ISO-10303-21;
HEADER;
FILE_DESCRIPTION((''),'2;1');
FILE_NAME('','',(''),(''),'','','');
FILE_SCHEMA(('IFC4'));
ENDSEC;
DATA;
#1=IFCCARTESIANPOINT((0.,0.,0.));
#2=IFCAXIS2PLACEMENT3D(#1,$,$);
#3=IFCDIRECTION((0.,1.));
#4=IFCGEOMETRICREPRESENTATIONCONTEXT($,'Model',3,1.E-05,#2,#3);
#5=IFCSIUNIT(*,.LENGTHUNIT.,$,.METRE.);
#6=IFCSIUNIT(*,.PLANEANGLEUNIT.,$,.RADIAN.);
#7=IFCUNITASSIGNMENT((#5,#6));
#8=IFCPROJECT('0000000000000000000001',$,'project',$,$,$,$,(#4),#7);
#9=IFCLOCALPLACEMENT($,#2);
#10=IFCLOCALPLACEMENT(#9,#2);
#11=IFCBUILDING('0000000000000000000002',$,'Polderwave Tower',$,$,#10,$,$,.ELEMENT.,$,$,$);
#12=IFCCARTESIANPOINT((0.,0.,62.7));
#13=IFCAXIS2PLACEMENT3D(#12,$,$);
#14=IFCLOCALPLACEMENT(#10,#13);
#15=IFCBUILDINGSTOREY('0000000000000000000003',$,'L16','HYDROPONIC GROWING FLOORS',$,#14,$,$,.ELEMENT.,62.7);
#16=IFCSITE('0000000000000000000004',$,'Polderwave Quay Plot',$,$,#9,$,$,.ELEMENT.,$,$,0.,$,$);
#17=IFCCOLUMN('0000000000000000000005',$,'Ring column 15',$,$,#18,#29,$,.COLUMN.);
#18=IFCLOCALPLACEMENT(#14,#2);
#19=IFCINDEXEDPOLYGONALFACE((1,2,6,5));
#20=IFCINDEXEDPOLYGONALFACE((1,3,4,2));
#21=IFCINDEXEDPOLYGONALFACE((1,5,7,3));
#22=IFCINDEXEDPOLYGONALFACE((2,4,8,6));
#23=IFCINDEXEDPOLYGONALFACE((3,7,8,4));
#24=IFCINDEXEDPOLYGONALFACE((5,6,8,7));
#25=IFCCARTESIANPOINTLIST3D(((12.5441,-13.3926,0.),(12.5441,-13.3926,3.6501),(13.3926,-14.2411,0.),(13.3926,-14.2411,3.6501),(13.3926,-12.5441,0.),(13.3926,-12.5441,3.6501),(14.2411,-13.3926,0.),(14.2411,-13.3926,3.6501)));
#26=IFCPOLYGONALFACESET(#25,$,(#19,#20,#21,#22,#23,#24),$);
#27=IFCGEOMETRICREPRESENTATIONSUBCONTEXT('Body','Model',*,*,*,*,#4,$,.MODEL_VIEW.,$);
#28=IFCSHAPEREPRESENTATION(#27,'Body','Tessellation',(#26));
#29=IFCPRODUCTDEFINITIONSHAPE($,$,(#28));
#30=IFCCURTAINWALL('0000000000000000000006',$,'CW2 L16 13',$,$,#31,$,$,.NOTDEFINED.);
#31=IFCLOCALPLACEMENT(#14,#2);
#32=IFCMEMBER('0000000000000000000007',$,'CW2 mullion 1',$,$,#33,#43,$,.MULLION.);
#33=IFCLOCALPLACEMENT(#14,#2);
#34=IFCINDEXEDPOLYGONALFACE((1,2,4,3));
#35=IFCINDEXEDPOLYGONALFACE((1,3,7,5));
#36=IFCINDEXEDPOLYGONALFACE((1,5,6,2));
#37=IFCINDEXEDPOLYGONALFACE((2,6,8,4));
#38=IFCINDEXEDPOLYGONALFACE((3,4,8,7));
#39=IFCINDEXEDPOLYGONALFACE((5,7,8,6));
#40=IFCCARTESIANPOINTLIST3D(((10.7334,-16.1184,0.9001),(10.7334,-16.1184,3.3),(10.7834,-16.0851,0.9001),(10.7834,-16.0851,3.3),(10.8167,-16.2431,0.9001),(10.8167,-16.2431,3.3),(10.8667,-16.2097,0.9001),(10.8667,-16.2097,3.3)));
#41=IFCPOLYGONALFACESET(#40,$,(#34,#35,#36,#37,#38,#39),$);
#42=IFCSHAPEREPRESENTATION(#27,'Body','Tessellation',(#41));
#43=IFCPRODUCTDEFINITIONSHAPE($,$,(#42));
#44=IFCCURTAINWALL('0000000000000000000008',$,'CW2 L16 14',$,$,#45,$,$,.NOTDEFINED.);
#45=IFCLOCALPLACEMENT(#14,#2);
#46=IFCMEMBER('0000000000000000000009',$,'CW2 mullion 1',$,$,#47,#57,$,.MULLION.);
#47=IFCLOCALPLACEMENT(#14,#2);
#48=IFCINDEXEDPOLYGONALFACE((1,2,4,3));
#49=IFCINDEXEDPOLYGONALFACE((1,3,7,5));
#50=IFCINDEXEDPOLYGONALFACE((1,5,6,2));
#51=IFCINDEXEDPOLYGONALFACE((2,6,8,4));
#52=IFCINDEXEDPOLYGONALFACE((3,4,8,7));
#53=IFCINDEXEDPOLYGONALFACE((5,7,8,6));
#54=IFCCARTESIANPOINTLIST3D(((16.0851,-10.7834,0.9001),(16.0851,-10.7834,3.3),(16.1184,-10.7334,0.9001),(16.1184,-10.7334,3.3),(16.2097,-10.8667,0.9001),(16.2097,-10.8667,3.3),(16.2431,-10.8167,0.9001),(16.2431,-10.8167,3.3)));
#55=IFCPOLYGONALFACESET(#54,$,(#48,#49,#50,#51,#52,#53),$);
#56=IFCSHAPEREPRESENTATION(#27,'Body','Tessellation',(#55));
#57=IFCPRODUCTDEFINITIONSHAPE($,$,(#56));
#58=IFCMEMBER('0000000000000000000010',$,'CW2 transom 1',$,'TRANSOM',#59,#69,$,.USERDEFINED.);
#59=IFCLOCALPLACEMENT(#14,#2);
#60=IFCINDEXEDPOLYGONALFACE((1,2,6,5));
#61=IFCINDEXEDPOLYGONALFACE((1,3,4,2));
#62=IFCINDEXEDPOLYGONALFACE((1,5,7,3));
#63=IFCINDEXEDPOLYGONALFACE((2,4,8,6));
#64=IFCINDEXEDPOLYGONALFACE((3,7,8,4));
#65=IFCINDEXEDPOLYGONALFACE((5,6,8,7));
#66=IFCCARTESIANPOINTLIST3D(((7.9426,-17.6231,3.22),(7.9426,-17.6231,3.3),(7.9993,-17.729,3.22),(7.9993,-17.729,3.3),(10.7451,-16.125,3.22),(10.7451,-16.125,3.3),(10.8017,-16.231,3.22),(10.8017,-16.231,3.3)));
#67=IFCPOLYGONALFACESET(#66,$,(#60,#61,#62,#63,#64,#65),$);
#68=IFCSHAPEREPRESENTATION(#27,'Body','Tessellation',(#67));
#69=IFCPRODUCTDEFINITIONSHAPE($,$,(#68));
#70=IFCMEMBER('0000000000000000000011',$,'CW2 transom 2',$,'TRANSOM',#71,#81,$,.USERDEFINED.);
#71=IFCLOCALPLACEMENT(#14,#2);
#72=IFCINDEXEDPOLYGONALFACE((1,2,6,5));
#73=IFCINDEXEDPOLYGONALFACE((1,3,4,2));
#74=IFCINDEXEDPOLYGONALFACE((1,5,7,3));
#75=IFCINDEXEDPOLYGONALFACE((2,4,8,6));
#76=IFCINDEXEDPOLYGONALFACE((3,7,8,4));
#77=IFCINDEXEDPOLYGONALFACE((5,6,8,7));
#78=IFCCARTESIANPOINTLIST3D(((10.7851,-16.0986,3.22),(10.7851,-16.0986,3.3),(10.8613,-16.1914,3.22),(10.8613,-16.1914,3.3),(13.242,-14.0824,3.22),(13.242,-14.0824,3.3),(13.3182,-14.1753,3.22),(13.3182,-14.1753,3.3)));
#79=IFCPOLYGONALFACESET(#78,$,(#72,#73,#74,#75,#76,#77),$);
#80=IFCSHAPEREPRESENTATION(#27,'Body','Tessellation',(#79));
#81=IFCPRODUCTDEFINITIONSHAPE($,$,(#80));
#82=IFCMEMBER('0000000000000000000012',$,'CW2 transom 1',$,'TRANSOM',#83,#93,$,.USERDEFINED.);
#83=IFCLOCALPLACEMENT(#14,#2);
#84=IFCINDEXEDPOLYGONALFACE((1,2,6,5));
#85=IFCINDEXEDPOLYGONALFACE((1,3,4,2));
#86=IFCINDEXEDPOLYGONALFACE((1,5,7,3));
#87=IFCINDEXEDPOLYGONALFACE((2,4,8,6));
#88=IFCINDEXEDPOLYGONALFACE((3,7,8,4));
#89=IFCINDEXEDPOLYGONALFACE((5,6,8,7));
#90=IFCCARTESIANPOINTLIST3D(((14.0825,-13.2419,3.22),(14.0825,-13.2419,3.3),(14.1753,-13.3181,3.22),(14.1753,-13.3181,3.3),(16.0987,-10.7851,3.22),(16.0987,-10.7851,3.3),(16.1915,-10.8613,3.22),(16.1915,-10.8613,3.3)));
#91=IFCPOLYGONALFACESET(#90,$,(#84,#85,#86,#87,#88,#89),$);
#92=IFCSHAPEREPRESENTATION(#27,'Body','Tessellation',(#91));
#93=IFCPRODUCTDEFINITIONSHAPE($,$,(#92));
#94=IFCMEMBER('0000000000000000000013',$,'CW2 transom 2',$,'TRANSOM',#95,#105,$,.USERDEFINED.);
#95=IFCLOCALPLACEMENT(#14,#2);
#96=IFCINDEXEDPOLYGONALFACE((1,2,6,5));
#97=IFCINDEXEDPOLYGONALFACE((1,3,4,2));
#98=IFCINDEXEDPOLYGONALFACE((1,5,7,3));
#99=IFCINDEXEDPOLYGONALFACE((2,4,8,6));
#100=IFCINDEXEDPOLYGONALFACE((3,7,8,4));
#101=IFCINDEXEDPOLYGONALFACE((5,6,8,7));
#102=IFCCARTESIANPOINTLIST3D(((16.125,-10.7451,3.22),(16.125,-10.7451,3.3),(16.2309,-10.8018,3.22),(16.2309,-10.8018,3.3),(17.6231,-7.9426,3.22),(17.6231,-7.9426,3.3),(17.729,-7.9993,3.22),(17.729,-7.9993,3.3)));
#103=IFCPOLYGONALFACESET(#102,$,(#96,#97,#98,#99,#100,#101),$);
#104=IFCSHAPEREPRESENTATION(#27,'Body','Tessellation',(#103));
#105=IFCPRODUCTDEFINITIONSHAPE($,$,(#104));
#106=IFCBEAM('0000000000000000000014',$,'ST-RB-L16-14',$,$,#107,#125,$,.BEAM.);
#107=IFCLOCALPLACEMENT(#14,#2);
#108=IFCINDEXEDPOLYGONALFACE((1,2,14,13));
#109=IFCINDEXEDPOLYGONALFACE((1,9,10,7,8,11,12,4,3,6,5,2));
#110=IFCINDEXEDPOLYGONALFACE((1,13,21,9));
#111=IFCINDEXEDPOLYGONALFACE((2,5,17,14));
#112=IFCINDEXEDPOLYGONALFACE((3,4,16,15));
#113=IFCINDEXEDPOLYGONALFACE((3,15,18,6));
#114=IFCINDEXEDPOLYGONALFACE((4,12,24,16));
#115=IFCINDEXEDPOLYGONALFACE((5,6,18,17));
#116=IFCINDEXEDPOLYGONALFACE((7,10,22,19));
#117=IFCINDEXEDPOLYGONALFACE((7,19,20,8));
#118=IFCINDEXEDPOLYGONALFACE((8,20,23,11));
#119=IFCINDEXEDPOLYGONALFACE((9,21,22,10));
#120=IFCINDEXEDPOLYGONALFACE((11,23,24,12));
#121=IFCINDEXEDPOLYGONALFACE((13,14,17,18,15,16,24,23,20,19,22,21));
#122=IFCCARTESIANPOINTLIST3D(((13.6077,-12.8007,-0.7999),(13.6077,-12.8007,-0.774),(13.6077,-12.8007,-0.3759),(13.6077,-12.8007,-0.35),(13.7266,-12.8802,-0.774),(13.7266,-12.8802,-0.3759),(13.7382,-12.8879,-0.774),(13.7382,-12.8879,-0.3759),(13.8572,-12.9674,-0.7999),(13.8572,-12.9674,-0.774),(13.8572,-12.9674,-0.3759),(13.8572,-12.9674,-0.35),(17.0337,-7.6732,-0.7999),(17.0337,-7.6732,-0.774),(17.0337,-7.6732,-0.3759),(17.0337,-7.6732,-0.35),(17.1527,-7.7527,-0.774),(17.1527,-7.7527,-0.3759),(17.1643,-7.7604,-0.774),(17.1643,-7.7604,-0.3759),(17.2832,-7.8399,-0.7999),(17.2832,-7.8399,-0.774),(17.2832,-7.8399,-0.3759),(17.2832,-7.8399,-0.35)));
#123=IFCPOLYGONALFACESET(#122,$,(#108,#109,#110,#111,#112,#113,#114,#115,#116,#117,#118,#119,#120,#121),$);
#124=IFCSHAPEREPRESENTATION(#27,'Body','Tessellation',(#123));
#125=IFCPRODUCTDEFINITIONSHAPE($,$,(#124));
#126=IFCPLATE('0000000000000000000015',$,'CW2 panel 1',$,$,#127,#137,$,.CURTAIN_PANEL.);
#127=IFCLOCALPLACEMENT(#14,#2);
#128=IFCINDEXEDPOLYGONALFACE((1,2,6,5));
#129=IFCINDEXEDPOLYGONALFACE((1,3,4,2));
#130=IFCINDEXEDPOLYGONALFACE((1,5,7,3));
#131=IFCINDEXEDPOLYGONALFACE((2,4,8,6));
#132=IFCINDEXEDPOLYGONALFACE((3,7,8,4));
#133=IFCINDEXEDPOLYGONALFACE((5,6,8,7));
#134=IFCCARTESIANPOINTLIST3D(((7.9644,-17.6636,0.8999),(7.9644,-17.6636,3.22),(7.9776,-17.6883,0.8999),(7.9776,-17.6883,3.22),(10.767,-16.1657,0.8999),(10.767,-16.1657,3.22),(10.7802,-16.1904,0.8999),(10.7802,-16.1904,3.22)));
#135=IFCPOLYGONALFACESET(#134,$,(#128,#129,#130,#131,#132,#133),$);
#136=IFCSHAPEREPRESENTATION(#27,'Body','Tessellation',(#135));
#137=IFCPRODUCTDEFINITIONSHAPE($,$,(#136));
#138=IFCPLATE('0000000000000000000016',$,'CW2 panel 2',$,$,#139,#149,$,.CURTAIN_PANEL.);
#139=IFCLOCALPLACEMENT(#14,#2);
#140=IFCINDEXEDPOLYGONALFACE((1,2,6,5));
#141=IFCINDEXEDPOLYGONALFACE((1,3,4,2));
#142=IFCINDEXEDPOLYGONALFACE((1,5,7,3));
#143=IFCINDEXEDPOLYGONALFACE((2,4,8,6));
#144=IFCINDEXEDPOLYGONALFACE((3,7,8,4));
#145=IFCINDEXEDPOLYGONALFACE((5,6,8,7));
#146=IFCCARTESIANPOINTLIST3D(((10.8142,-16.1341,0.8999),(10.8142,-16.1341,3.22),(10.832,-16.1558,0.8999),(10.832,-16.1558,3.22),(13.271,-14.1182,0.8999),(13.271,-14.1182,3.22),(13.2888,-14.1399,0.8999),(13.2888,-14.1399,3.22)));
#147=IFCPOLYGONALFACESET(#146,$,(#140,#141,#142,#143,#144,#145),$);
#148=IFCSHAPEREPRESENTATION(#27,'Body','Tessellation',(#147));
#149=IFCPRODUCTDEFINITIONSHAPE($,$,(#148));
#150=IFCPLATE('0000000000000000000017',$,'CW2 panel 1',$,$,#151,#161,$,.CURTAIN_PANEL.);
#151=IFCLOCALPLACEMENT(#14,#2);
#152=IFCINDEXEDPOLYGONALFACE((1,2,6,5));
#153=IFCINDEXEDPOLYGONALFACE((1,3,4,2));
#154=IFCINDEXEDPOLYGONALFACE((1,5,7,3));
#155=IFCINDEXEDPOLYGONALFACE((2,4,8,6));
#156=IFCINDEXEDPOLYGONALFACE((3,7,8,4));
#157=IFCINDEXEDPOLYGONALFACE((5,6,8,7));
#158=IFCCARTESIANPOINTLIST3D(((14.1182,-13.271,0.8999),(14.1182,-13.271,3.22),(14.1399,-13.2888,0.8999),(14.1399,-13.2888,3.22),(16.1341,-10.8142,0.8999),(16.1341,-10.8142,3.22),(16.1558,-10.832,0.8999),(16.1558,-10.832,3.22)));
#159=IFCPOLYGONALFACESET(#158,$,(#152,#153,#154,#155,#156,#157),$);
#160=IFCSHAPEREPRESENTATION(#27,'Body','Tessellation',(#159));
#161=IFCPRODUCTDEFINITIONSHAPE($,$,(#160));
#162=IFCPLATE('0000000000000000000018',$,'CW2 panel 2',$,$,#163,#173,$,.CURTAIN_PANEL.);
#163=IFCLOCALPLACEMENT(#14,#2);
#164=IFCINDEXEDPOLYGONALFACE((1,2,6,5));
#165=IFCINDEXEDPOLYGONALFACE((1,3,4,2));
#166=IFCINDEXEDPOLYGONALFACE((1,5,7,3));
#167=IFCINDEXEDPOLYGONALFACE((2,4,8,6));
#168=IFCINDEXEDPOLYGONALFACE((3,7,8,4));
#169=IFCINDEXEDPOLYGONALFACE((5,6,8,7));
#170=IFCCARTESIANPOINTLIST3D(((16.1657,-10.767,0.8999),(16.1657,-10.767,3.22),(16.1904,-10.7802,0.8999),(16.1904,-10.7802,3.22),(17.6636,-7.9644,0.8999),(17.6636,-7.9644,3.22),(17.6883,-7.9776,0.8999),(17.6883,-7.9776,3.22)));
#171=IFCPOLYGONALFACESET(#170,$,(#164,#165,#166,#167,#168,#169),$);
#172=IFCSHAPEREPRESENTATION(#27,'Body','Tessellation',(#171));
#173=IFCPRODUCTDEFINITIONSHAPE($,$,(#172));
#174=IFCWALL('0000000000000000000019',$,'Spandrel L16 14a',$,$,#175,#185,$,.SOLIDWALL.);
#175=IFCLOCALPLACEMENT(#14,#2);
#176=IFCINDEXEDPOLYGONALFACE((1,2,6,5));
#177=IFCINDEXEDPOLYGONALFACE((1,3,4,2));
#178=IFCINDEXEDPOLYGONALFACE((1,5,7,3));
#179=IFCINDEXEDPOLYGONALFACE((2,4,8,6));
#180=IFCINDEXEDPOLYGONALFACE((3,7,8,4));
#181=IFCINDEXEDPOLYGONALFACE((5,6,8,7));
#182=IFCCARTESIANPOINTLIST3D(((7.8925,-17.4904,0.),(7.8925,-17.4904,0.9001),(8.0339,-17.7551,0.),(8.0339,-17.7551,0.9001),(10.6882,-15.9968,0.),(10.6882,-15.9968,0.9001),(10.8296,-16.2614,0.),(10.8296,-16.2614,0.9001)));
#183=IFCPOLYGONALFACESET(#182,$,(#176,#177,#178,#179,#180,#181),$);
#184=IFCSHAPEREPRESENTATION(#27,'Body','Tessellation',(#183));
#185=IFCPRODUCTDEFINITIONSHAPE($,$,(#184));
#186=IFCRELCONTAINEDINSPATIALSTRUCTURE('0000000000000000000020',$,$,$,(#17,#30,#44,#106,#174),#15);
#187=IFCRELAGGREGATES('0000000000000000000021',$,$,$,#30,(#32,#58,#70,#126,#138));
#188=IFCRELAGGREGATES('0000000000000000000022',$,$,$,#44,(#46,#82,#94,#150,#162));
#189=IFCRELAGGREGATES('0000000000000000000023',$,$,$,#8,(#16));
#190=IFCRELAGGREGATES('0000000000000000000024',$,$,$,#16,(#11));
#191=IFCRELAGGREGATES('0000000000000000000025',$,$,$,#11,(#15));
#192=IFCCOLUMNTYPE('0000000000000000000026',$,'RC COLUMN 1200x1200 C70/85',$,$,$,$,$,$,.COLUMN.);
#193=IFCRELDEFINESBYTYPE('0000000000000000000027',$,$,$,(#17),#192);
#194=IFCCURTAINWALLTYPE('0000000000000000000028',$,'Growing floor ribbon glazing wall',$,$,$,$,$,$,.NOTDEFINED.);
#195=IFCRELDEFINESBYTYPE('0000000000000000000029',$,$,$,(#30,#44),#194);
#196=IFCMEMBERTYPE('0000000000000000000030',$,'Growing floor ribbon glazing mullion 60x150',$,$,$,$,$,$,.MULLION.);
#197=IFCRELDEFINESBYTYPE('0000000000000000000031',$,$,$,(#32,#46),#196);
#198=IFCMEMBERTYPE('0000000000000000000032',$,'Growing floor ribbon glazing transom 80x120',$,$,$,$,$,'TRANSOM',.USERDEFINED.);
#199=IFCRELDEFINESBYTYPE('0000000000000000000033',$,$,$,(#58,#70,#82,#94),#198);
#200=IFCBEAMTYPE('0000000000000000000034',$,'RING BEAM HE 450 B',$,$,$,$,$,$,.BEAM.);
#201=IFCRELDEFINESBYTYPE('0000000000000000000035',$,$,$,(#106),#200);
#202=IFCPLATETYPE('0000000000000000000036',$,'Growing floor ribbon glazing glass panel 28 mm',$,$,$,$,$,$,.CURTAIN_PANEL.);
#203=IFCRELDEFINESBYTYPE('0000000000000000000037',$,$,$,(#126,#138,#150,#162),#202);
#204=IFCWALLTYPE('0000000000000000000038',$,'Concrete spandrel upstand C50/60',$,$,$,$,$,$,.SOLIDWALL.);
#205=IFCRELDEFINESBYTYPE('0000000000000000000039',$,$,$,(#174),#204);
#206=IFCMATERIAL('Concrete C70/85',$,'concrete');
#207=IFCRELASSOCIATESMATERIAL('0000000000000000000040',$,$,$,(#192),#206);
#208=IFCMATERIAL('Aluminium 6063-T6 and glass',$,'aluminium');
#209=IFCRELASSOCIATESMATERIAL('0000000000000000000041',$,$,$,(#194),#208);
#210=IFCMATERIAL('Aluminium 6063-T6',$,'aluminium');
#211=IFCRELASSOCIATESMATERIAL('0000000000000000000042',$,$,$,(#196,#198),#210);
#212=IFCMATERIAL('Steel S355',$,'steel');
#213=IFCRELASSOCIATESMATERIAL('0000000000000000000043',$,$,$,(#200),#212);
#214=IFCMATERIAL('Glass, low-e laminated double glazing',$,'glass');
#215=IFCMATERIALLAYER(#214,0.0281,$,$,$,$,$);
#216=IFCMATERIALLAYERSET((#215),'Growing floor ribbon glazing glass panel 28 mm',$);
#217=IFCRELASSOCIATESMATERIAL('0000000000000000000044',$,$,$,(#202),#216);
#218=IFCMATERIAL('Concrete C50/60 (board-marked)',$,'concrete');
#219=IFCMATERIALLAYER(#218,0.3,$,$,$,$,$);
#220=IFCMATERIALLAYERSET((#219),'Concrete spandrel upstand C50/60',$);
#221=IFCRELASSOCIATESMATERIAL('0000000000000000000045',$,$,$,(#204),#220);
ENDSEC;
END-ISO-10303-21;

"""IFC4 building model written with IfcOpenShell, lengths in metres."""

from ifc_helpers import new_model, si_unit, direction, frame, frame_2d, origin, origin_2d, place, context, subcontext, project, spatial, rectangle, i_section, extrude, material, layer, layer_set, material_profile, profile_set, type_object, element, aggregate, save


model = new_model("IFC4")

# Units and contexts
model_context = context("Model", 3, precision=1e-05, world=origin(), true_north=direction((0.0, 1.0)))
body_context = subcontext(model_context, "Body", "Model", "MODEL_VIEW")
ifc_project = project(units=[si_unit("LENGTHUNIT", "METRE"), si_unit("PLANEANGLEUNIT", "RADIAN")], contexts=[model_context])

# Site, building, storey
site_placement = place(None, origin())
site = spatial("IfcSite", under=ifc_project, at=site_placement, Name="Polderwave Quay Plot", CompositionType="ELEMENT", RefElevation=0.0)
building_placement = place(site_placement, origin())
building = spatial("IfcBuilding", under=site, at=building_placement, Name="Polderwave Tower", CompositionType="ELEMENT")
storey_placement = place(building_placement, frame((0.0, 0.0, 62.7)))
storey = spatial("IfcBuildingStorey", under=building, at=storey_placement, Name="L16", Description="HYDROPONIC GROWING FLOORS", CompositionType="ELEMENT", Elevation=62.7)

# Column
ifc_material_1 = material(Name="Concrete C70/85", Category="concrete")
ifc_material_profile_1 = material_profile(ifc_material_1, rectangle(XDim=1.2, YDim=1.2, at=origin_2d()), Name="RC 1200x1200")
ifc_profile_set_1 = profile_set([ifc_material_profile_1], Name="Concrete C70/85")
column_type = type_object("IfcColumnType", Name="RC COLUMN 1200x1200 C70/85", PredefinedType="COLUMN", material=ifc_profile_set_1)
column_placement = place(storey_placement, frame((13.3926, -13.3926, 0.0), z_axis=(0.0, 0.0, 1.0), x_axis=(0.707107, -0.707107, 0.0)))
element("IfcColumn", 1, at=column_placement, inside=storey, type_object=column_type, Name="Ring column 15", PredefinedType="COLUMN", context=body_context, shape_type="SweptSolid", body=[
    extrude(rectangle(XDim=1.2, YDim=1.2, at=origin_2d()), origin(), (0.0, 0.0, 1.0), 3.6501),
])

# Curtain walls, members
ifc_material_2 = material(Name="Aluminium 6063-T6 and glass", Category="aluminium")
curtain_wall_type = type_object("IfcCurtainWallType", Name="Growing floor ribbon glazing wall", PredefinedType="NOTDEFINED", material=ifc_material_2)
curtain_wall_1_placement = place(storey_placement, origin())
curtain_wall_1 = element("IfcCurtainWall", 2, at=curtain_wall_1_placement, inside=storey, type_object=curtain_wall_type, Name="CW2 L16 13", PredefinedType="NOTDEFINED")
ifc_material_3 = material(Name="Aluminium 6063-T6", Category="aluminium")
ifc_material_profile_2 = material_profile(ifc_material_3, rectangle(XDim=0.1499, YDim=0.0601, at=origin_2d()), Name="AL 60x150")
ifc_profile_set_2 = profile_set([ifc_material_profile_2], Name="Aluminium 6063-T6")
member_type_1 = type_object("IfcMemberType", Name="Growing floor ribbon glazing mullion 60x150", PredefinedType="MULLION", material=ifc_profile_set_2)
member_1_placement = place(storey_placement, frame((10.8, -16.1641, 0.9001), z_axis=(0.0, 0.0, 1.0), x_axis=(-0.555527, 0.831499, 0.0)))
member_1 = element("IfcMember", 3, at=member_1_placement, type_object=member_type_1, Name="CW2 mullion 1", PredefinedType="MULLION", context=body_context, shape_type="SweptSolid", body=[
    extrude(rectangle(XDim=0.1499, YDim=0.0601, at=origin_2d()), origin(), (0.0, 0.0, 1.0), 2.3999),
])
curtain_wall_2_placement = place(storey_placement, origin())
curtain_wall_2 = element("IfcCurtainWall", 4, at=curtain_wall_2_placement, inside=storey, type_object=curtain_wall_type, Name="CW2 L16 14", PredefinedType="NOTDEFINED")
member_2_placement = place(storey_placement, frame((16.1641, -10.8, 0.9001), z_axis=(0.0, 0.0, 1.0), x_axis=(-0.831499, 0.555527, 0.0)))
member_2 = element("IfcMember", 5, at=member_2_placement, type_object=member_type_1, Name="CW2 mullion 1", PredefinedType="MULLION", context=body_context, shape_type="SweptSolid", body=[
    extrude(rectangle(XDim=0.1499, YDim=0.0601, at=origin_2d()), origin(), (0.0, 0.0, 1.0), 2.3999),
])

# Members
ifc_material_profile_3 = material_profile(ifc_material_3, rectangle(XDim=0.1201, YDim=0.0801, at=origin_2d()), Name="AL 80x120")
ifc_profile_set_3 = profile_set([ifc_material_profile_3], Name="Aluminium 6063-T6")
member_type_2 = type_object("IfcMemberType", Name="Growing floor ribbon glazing transom 80x120", ElementType="TRANSOM", PredefinedType="USERDEFINED", material=ifc_profile_set_3)
member_3_placement = place(storey_placement, frame((7.9709, -17.676, 3.26), z_axis=(0.88191, 0.471417, 0.0), x_axis=(-0.471417, 0.88191, 0.0)))
member_3 = element("IfcMember", 6, at=member_3_placement, type_object=member_type_2, Name="CW2 transom 1", ObjectType="TRANSOM", PredefinedType="USERDEFINED", context=body_context, shape_type="SweptSolid", body=[
    extrude(rectangle(XDim=0.1201, YDim=0.0801, at=origin_2d()), origin(), (0.0, 0.0, 1.0), 3.1777),
])
member_4_placement = place(storey_placement, frame((10.8232, -16.145, 3.26), z_axis=(0.773029, 0.634371, 0.0), x_axis=(-0.634371, 0.773029, 0.0)))
member_4 = element("IfcMember", 7, at=member_4_placement, type_object=member_type_2, Name="CW2 transom 2", ObjectType="TRANSOM", PredefinedType="USERDEFINED", context=body_context, shape_type="SweptSolid", body=[
    extrude(rectangle(XDim=0.1201, YDim=0.0801, at=origin_2d()), origin(), (0.0, 0.0, 1.0), 3.1782),
])
member_5_placement = place(storey_placement, frame((14.1289, -13.28, 3.26), z_axis=(0.634371, 0.773029, 0.0), x_axis=(-0.773029, 0.634371, 0.0)))
member_5 = element("IfcMember", 8, at=member_5_placement, type_object=member_type_2, Name="CW2 transom 1", ObjectType="TRANSOM", PredefinedType="USERDEFINED", context=body_context, shape_type="SweptSolid", body=[
    extrude(rectangle(XDim=0.1201, YDim=0.0801, at=origin_2d()), origin(), (0.0, 0.0, 1.0), 3.1782),
])
member_6_placement = place(storey_placement, frame((16.178, -10.7734, 3.26), z_axis=(0.471417, 0.88191, 0.0), x_axis=(-0.88191, 0.471417, 0.0)))
member_6 = element("IfcMember", 9, at=member_6_placement, type_object=member_type_2, Name="CW2 transom 2", ObjectType="TRANSOM", PredefinedType="USERDEFINED", context=body_context, shape_type="SweptSolid", body=[
    extrude(rectangle(XDim=0.1201, YDim=0.0801, at=origin_2d()), origin(), (0.0, 0.0, 1.0), 3.1777),
])

# Beam
ifc_material_4 = material(Name="Steel S355", Category="steel")
ifc_material_profile_4 = material_profile(ifc_material_4, i_section(OverallWidth=0.3, OverallDepth=0.45, WebThickness=0.0139, FlangeThickness=0.0259, at=origin_2d()), Name="HE 450 B")
ifc_profile_set_4 = profile_set([ifc_material_profile_4], Name="Steel S355")
beam_type = type_object("IfcBeamType", Name="RING BEAM HE 450 B", PredefinedType="BEAM", material=ifc_profile_set_4)
beam_placement = place(storey_placement, frame((13.7324, -12.884, -0.575), z_axis=(0.555568, 0.831471, 0.0), x_axis=(-0.831471, 0.555568, 0.0)))
element("IfcBeam", 10, at=beam_placement, inside=storey, type_object=beam_type, Name="ST-RB-L16-14", PredefinedType="BEAM", context=body_context, shape_type="SweptSolid", body=[
    extrude(i_section(OverallWidth=0.3, OverallDepth=0.45, WebThickness=0.0139, FlangeThickness=0.0259, at=origin_2d()), origin(), (0.0, 0.0, 1.0), 6.1667),
])

# Plates
ifc_material_5 = material(Name="Glass, low-e laminated double glazing", Category="glass")
ifc_layer_1 = layer(ifc_material_5, 0.0281)
ifc_layer_set_1 = layer_set([ifc_layer_1], Name="Growing floor ribbon glazing glass panel 28 mm")
plate_type = type_object("IfcPlateType", Name="Growing floor ribbon glazing glass panel 28 mm", PredefinedType="CURTAIN_PANEL", material=ifc_layer_set_1)
plate_1_placement = place(storey_placement, frame((9.3723, -16.927, 0.8999), z_axis=(0.0, 0.0, 1.0), x_axis=(0.881939, 0.471364, 0.0)))
plate_1 = element("IfcPlate", 11, at=plate_1_placement, type_object=plate_type, Name="CW2 panel 1", PredefinedType="CURTAIN_PANEL", context=body_context, shape_type="SweptSolid", body=[
    extrude(rectangle(XDim=3.1777, YDim=0.0281, at=origin_2d()), origin(), (0.0, 0.0, 1.0), 2.3201),
])
plate_2_placement = place(storey_placement, frame((12.0515, -15.137, 0.8999), z_axis=(0.0, 0.0, 1.0), x_axis=(0.773054, 0.634341, 0.0)))
plate_2 = element("IfcPlate", 12, at=plate_2_placement, type_object=plate_type, Name="CW2 panel 2", PredefinedType="CURTAIN_PANEL", context=body_context, shape_type="SweptSolid", body=[
    extrude(rectangle(XDim=3.178, YDim=0.0281, at=origin_2d()), origin(), (0.0, 0.0, 1.0), 2.3201),
])
aggregate(curtain_wall_1, [member_1, member_3, member_4, plate_1, plate_2])
plate_3_placement = place(storey_placement, frame((15.137, -12.0515, 0.8999), z_axis=(0.0, 0.0, 1.0), x_axis=(0.634341, 0.773054, 0.0)))
plate_3 = element("IfcPlate", 13, at=plate_3_placement, type_object=plate_type, Name="CW2 panel 1", PredefinedType="CURTAIN_PANEL", context=body_context, shape_type="SweptSolid", body=[
    extrude(rectangle(XDim=3.178, YDim=0.0281, at=origin_2d()), origin(), (0.0, 0.0, 1.0), 2.3201),
])
plate_4_placement = place(storey_placement, frame((16.927, -9.3723, 0.8999), z_axis=(0.0, 0.0, 1.0), x_axis=(0.471364, 0.881939, 0.0)))
plate_4 = element("IfcPlate", 14, at=plate_4_placement, type_object=plate_type, Name="CW2 panel 2", PredefinedType="CURTAIN_PANEL", context=body_context, shape_type="SweptSolid", body=[
    extrude(rectangle(XDim=3.1777, YDim=0.0281, at=origin_2d()), origin(), (0.0, 0.0, 1.0), 2.3201),
])
aggregate(curtain_wall_2, [member_2, member_5, member_6, plate_3, plate_4])

# Wall
ifc_material_6 = material(Name="Concrete C50/60 (board-marked)", Category="concrete")
ifc_layer_2 = layer(ifc_material_6, 0.3)
ifc_layer_set_2 = layer_set([ifc_layer_2], Name="Concrete spandrel upstand C50/60")
wall_type_1 = type_object("IfcWallType", Name="Concrete spandrel upstand C50/60", PredefinedType="SOLIDWALL", material=ifc_layer_set_2)
wall_1_placement = place(storey_placement, frame((7.9631, -17.6228, 0.0), z_axis=(0.0, 0.0, 1.0), x_axis=(0.882007, 0.471236, 0.0)))
element("IfcWall", 15, at=wall_1_placement, inside=storey, type_object=wall_type_1, Name="Spandrel L16 14a", PredefinedType="SOLIDWALL", context=body_context, shape_type="SweptSolid", body=[
    extrude(rectangle(XDim=3.1697, YDim=0.3, at=frame_2d((1.585, 0.0))), origin(), (0.0, 0.0, 1.0), 0.9001),
])

save(model, "model.ifc")
